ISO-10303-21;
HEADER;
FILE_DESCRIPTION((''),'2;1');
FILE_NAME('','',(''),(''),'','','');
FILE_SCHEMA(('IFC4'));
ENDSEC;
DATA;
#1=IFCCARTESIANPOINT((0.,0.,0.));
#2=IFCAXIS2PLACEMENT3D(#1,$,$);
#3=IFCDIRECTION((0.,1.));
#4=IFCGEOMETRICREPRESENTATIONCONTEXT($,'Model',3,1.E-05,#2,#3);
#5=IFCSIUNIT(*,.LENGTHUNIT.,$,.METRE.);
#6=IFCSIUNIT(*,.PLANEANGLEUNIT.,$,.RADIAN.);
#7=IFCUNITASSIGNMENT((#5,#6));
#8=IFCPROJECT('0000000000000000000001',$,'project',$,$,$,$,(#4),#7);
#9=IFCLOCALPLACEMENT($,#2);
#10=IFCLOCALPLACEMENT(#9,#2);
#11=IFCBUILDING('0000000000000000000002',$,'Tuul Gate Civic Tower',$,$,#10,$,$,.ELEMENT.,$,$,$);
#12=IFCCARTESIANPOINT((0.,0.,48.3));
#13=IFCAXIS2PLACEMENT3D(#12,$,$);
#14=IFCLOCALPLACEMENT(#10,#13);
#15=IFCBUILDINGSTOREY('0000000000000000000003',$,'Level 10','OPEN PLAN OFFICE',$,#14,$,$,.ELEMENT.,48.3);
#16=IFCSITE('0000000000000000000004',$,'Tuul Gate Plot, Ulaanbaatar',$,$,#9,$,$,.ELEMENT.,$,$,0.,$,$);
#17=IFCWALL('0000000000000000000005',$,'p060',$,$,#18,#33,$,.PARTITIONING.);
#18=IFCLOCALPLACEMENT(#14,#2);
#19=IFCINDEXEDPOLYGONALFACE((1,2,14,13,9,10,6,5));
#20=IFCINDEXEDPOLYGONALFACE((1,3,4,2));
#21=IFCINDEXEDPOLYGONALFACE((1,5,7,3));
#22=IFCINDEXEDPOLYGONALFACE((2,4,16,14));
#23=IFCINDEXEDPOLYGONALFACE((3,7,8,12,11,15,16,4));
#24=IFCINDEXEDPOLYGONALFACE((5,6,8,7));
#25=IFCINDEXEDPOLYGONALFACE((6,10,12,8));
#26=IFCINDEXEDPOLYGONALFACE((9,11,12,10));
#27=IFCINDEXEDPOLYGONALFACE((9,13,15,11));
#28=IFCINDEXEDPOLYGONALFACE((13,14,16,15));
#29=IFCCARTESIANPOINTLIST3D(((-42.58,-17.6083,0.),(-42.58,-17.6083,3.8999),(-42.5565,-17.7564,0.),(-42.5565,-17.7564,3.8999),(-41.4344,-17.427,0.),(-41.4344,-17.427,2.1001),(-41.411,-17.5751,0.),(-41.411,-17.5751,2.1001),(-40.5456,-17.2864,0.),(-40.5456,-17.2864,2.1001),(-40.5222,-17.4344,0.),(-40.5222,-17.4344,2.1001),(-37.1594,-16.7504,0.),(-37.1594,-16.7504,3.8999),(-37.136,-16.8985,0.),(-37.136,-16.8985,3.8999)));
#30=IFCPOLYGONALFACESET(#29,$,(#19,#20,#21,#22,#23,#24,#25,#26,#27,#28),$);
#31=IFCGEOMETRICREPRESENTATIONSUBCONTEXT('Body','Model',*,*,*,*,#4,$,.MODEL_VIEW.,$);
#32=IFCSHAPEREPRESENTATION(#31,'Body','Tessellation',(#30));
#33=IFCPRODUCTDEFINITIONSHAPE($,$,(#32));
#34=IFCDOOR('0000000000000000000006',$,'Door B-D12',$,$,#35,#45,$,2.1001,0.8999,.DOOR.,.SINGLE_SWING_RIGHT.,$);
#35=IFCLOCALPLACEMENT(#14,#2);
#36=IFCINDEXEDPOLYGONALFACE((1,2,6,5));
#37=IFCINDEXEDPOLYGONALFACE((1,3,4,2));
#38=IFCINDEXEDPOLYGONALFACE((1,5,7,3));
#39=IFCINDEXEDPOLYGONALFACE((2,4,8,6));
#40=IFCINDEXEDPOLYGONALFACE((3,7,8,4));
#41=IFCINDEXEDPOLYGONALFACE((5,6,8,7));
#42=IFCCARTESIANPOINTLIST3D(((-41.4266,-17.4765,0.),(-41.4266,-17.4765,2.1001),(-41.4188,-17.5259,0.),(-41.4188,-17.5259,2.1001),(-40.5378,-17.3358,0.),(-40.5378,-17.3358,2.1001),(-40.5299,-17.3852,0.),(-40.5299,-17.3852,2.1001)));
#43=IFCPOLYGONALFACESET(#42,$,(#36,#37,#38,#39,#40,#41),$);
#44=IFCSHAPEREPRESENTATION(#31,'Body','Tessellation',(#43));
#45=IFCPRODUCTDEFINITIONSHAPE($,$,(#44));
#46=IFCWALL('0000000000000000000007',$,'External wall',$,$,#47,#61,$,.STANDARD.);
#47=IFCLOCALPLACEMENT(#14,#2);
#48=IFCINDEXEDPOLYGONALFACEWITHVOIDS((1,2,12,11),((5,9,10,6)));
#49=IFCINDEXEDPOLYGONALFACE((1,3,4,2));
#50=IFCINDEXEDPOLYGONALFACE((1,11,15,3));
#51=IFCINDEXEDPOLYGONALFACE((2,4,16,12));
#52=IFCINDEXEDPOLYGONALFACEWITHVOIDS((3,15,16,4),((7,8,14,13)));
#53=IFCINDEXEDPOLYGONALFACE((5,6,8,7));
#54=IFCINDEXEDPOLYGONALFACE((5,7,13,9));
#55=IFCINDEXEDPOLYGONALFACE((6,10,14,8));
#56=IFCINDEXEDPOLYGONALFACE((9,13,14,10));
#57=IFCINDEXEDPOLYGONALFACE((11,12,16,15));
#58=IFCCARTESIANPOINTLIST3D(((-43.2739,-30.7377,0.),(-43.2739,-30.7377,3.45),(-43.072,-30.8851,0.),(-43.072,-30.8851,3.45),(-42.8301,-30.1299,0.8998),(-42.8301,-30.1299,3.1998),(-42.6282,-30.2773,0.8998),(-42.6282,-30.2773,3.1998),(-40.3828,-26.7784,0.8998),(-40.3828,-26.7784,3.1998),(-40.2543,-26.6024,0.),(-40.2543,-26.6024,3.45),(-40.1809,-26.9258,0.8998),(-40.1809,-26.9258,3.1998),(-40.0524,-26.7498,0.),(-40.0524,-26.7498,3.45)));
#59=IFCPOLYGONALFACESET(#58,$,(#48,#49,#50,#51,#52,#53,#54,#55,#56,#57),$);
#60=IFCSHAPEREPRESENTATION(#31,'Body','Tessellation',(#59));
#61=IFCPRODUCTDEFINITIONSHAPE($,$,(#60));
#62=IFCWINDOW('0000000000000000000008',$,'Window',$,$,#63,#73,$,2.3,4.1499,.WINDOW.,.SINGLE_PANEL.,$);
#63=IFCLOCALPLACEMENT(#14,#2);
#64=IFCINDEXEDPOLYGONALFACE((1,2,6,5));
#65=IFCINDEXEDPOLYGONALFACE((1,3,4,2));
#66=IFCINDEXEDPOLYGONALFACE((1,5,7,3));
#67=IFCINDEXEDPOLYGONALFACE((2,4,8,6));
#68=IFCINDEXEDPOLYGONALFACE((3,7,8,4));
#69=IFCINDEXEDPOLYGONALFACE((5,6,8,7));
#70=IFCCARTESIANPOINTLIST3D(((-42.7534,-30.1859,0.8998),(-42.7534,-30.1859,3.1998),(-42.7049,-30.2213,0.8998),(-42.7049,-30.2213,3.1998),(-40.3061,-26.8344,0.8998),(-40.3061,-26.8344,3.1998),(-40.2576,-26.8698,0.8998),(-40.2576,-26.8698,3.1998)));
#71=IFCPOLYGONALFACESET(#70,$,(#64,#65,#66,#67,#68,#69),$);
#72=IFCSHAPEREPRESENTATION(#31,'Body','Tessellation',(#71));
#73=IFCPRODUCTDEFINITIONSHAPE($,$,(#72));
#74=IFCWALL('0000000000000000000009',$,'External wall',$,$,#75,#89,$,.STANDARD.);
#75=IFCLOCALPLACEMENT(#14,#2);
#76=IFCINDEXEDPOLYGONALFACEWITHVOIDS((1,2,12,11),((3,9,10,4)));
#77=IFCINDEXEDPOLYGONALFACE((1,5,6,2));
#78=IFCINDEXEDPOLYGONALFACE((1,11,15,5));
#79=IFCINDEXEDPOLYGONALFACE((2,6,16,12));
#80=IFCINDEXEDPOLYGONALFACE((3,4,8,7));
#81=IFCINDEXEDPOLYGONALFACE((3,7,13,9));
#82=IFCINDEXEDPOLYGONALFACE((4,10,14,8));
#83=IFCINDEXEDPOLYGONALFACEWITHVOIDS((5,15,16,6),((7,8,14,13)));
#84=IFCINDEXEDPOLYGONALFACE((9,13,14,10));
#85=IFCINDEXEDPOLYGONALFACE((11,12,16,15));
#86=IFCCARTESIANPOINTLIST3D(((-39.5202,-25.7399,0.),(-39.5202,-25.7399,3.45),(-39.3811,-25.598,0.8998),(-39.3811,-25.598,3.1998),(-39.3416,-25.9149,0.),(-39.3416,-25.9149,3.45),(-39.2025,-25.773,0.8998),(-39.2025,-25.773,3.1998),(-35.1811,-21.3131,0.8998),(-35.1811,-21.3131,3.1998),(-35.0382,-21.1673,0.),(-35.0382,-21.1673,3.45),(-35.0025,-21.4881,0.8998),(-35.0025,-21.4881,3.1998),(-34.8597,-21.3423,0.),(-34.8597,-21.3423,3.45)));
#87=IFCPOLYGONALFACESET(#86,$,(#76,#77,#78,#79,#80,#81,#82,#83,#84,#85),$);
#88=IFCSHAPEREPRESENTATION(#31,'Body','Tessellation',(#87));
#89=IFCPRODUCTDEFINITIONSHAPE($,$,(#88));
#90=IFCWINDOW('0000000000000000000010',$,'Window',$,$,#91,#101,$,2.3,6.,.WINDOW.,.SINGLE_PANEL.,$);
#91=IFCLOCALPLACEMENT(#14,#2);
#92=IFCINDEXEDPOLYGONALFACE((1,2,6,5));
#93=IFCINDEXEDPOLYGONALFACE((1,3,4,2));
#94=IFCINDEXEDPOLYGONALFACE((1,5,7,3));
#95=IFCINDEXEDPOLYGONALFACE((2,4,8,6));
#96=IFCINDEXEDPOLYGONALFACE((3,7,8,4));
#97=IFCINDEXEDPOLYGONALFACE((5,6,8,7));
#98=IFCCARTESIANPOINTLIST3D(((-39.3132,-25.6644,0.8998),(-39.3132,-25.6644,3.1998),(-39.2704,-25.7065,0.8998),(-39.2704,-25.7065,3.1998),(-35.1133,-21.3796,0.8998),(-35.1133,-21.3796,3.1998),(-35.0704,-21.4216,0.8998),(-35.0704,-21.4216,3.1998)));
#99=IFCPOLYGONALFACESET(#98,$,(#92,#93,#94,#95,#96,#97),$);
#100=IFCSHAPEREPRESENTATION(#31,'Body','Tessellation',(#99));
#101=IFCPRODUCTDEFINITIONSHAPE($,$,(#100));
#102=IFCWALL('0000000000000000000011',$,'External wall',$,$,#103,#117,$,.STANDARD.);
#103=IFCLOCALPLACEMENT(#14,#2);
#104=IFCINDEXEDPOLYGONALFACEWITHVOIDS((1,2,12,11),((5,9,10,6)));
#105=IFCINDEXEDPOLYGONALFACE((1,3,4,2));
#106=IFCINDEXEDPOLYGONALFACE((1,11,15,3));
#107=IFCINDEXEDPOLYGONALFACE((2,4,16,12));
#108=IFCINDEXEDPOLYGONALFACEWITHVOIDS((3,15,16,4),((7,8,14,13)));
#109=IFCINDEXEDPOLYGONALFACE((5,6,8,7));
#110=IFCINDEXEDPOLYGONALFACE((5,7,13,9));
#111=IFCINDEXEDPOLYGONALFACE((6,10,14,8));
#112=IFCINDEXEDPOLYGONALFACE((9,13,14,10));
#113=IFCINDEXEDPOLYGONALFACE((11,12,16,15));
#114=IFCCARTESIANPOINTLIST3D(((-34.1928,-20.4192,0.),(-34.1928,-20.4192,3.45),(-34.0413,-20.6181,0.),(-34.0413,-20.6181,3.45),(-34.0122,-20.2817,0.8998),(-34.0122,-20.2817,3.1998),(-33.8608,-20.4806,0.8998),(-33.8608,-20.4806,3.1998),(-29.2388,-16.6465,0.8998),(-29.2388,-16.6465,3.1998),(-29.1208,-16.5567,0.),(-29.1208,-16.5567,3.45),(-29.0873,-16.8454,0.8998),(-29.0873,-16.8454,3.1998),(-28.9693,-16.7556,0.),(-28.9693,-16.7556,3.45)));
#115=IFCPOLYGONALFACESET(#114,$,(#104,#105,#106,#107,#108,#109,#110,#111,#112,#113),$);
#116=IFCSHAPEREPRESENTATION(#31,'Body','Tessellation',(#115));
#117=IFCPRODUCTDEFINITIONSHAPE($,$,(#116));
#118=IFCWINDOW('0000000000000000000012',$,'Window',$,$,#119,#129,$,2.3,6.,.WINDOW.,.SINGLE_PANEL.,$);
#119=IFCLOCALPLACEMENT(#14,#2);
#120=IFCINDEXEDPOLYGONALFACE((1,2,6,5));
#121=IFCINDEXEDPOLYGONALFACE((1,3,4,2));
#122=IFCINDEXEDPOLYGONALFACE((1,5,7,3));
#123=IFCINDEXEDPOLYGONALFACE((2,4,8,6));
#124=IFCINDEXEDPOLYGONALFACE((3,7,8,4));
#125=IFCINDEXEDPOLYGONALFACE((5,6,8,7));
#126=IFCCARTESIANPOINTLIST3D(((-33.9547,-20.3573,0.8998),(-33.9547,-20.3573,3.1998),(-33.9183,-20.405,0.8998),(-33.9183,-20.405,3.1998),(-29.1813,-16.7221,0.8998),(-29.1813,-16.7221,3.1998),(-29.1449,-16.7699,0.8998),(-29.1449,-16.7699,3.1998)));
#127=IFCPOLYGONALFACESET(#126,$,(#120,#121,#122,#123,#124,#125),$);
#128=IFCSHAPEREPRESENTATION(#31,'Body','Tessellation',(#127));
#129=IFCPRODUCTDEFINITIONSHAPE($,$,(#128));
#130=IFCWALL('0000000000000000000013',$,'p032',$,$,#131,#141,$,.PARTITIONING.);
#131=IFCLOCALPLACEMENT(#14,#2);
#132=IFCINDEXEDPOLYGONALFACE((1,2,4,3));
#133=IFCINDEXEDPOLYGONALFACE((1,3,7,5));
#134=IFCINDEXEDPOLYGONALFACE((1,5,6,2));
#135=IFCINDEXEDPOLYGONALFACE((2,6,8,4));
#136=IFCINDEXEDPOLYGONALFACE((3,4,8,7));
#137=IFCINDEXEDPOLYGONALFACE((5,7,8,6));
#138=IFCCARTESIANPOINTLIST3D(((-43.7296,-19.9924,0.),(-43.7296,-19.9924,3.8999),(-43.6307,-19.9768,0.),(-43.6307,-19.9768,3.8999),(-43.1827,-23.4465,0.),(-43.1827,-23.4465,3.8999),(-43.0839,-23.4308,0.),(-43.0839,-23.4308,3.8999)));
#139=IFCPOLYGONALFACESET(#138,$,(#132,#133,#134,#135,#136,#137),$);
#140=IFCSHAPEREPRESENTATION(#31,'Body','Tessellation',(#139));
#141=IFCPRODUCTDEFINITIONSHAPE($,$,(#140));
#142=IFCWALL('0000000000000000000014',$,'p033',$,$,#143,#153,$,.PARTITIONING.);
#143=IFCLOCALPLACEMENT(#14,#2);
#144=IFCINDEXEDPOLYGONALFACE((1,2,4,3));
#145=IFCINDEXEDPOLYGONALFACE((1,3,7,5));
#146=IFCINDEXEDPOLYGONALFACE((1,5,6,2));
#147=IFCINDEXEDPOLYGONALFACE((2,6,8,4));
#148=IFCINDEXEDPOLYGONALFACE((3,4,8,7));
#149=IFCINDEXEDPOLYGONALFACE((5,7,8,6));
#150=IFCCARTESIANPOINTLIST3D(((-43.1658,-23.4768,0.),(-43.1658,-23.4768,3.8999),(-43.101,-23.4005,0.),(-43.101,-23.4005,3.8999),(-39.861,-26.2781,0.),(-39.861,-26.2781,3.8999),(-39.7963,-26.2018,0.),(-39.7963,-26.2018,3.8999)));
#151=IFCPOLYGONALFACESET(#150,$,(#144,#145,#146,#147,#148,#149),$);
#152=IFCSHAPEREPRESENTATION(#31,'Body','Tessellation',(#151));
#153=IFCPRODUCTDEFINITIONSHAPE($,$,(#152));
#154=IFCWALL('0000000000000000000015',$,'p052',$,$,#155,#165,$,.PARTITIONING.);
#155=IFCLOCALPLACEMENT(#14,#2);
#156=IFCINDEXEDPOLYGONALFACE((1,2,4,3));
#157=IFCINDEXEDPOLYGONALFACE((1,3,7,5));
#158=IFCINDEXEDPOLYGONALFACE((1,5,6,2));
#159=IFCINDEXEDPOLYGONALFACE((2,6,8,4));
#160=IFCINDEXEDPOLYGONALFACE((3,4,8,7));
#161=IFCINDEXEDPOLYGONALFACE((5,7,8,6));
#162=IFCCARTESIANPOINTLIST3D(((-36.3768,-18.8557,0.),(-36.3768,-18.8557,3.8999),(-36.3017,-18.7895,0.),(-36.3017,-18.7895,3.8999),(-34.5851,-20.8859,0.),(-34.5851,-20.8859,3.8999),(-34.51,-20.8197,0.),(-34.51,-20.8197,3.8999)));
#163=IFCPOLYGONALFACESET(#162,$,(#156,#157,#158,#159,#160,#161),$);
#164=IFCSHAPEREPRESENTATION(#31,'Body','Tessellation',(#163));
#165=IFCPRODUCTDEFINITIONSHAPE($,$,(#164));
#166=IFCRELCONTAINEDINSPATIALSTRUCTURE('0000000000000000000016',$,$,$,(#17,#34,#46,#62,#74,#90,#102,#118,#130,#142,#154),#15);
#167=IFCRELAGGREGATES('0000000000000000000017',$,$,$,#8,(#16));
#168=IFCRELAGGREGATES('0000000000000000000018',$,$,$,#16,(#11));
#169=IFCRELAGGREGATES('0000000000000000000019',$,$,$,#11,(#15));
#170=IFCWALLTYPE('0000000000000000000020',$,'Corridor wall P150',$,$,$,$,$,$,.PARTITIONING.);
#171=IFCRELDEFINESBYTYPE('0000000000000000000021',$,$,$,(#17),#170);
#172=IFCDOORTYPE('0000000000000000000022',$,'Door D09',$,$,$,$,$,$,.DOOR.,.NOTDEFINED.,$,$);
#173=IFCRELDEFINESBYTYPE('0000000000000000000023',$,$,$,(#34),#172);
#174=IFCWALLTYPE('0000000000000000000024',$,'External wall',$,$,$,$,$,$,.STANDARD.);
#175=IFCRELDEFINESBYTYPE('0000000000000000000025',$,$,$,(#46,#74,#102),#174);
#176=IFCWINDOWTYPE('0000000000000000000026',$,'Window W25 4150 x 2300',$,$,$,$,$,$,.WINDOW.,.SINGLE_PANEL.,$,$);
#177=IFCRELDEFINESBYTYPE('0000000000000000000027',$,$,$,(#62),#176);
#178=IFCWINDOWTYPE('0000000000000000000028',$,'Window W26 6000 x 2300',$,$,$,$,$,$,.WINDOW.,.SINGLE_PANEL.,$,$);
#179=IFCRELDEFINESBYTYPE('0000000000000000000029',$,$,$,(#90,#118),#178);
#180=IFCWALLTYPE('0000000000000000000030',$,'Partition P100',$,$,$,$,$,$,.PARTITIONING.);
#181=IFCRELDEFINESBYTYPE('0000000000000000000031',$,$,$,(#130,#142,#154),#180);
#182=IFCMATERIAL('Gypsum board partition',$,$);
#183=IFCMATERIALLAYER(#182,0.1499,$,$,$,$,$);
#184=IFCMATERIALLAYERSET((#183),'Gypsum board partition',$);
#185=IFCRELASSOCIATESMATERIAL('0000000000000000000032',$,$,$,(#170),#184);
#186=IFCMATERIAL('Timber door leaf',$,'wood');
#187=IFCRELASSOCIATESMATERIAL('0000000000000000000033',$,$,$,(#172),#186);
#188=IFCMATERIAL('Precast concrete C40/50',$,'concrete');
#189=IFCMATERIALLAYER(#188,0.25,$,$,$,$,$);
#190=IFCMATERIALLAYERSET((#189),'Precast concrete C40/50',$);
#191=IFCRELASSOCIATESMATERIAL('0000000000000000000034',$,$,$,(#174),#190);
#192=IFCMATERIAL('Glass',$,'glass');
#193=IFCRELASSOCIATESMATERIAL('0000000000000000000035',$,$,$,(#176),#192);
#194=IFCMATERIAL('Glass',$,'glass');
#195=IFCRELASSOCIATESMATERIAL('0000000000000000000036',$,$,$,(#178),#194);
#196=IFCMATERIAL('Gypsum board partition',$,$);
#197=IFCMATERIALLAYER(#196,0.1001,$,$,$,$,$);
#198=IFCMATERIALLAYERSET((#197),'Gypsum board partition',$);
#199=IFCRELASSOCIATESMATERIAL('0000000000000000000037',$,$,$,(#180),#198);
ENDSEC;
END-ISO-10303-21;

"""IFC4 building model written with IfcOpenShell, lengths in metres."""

from ifc_helpers import new_model, si_unit, direction, frame, frame_2d, origin, place, context, subcontext, project, spatial, rectangle, extrude, material, layer, layer_set, type_object, element, fill, save


model = new_model("IFC4")

# Units and contexts
model_context = context("Model", 3, precision=1e-05, world=origin(), true_north=direction((0.0, 1.0)))
body_context = subcontext(model_context, "Body", "Model", "MODEL_VIEW")
ifc_project = project(units=[si_unit("LENGTHUNIT", "METRE"), si_unit("PLANEANGLEUNIT", "RADIAN")], contexts=[model_context])

# Site, building, storey
site_placement = place(None, origin())
site = spatial("IfcSite", under=ifc_project, at=site_placement, Name="Tuul Gate Plot, Ulaanbaatar", CompositionType="ELEMENT", RefElevation=0.0)
building_placement = place(site_placement, origin())
building = spatial("IfcBuilding", under=site, at=building_placement, Name="Tuul Gate Civic Tower", CompositionType="ELEMENT")
storey_placement = place(building_placement, frame((0.0, 0.0, 48.3)))
storey = spatial("IfcBuildingStorey", under=building, at=storey_placement, Name="Level 10", Description="OPEN PLAN OFFICE", CompositionType="ELEMENT", Elevation=48.3)

# Wall, opening, door
ifc_material_1 = material(Name="Gypsum board partition")
ifc_layer_1 = layer(ifc_material_1, 0.1499)
ifc_layer_set_1 = layer_set([ifc_layer_1], Name="Gypsum board partition")
wall_type_1 = type_object("IfcWallType", Name="Corridor wall P150", PredefinedType="PARTITIONING", material=ifc_layer_set_1)
wall_1_placement = place(storey_placement, frame((-42.5684, -17.6824, 0.0), z_axis=(0.0, 0.0, 1.0), x_axis=(0.987706, 0.156321, 0.0)))
wall_1 = element("IfcWall", 1, at=wall_1_placement, inside=storey, type_object=wall_type_1, Name="p060", PredefinedType="PARTITIONING", context=body_context, shape_type="SweptSolid", body=[
    extrude(rectangle(XDim=5.488, YDim=0.1499, at=frame_2d((2.7441, 0.0))), origin(), (0.0, 0.0, 1.0), 3.8999),
])
opening_1_placement = place(wall_1_placement, frame((1.1599, 0.0, 0.0)))
opening_1 = element("IfcOpeningElement", 2, at=opening_1_placement, cuts=wall_1, PredefinedType="OPENING", context=body_context, shape_type="SweptSolid", body=[
    extrude(rectangle(XDim=0.8999, YDim=2.1001, at=frame_2d((0.45, 1.05))), frame((0.0, 0.085, 0.0), z_axis=(0.0, -1.0, 0.0), x_axis=(1.0, 0.0, 0.0)), (0.0, 0.0, 1.0), 0.1699),
])
ifc_material_2 = material(Name="Timber door leaf", Category="wood")
door_type = type_object("IfcDoorType", Name="Door D09", OperationType="NOTDEFINED", PredefinedType="DOOR", material=ifc_material_2)
door_placement = place(opening_1_placement, origin())
door = element("IfcDoor", 3, at=door_placement, inside=storey, type_object=door_type, Name="Door B-D12", OperationType="SINGLE_SWING_RIGHT", OverallHeight=2.1001, OverallWidth=0.8999, PredefinedType="DOOR", context=body_context, shape_type="SweptSolid", body=[
    extrude(rectangle(XDim=0.8999, YDim=2.1001, at=frame_2d((0.45, 1.05))), frame((0.0, 0.0249, 0.0), z_axis=(0.0, -1.0, 0.0), x_axis=(1.0, 0.0, 0.0)), (0.0, 0.0, 1.0), 0.05),
])
fill(opening_1, door)

# Walls, openings, windows
ifc_material_3 = material(Name="Precast concrete C40/50", Category="concrete")
ifc_layer_2 = layer(ifc_material_3, 0.25)
ifc_layer_set_2 = layer_set([ifc_layer_2], Name="Precast concrete C40/50")
wall_type_2 = type_object("IfcWallType", Name="External wall", PredefinedType="STANDARD", material=ifc_layer_set_2)
wall_2_placement = place(storey_placement, frame((-43.1729, -30.8113, 0.0), z_axis=(0.0, 0.0, 1.0), x_axis=(0.589713, 0.807613, 0.0)))
wall_2 = element("IfcWall", 4, at=wall_2_placement, inside=storey, type_object=wall_type_2, Name="External wall", PredefinedType="STANDARD", context=body_context, shape_type="SweptSolid", body=[
    extrude(rectangle(XDim=5.1204, YDim=0.25, at=frame_2d((2.5601, 0.0))), origin(), (0.0, 0.0, 1.0), 3.45),
])
opening_2_placement = place(wall_2_placement, frame((0.7524, 0.0, 0.8999)))
opening_2 = element("IfcOpeningElement", 5, at=opening_2_placement, cuts=wall_2, PredefinedType="OPENING", context=body_context, shape_type="SweptSolid", body=[
    extrude(rectangle(XDim=4.1499, YDim=2.3, at=frame_2d((2.075, 1.1499))), frame((0.0, 0.135, 0.0), z_axis=(0.0, -1.0, 0.0), x_axis=(1.0, 0.0, 0.0)), (0.0, 0.0, 1.0), 0.27),
])
ifc_material_4 = material(Name="Glass", Category="glass")
window_type_1 = type_object("IfcWindowType", Name="Window W25 4150 x 2300", PartitioningType="SINGLE_PANEL", PredefinedType="WINDOW", material=ifc_material_4)
window_1_placement = place(opening_2_placement, origin())
window_1 = element("IfcWindow", 6, at=window_1_placement, inside=storey, type_object=window_type_1, Name="Window", OverallHeight=2.3, OverallWidth=4.1499, PartitioningType="SINGLE_PANEL", PredefinedType="WINDOW", context=body_context, shape_type="SweptSolid", body=[
    extrude(rectangle(XDim=4.1499, YDim=2.3, at=frame_2d((2.075, 1.1499))), frame((0.0, 0.03, 0.0), z_axis=(0.0, -1.0, 0.0), x_axis=(1.0, 0.0, 0.0)), (0.0, 0.0, 1.0), 0.0601),
])
fill(opening_2, window_1)
wall_3_placement = place(storey_placement, frame((-39.4309, -25.8274, 0.0), z_axis=(0.0, 0.0, 1.0), x_axis=(0.699998, 0.714145, 0.0)))
wall_3 = element("IfcWall", 7, at=wall_3_placement, inside=storey, type_object=wall_type_2, Name="External wall", PredefinedType="STANDARD", context=body_context, shape_type="SweptSolid", body=[
    extrude(rectangle(XDim=6.4028, YDim=0.25, at=frame_2d((3.2014, 0.0))), origin(), (0.0, 0.0, 1.0), 3.45),
])
opening_3_placement = place(wall_3_placement, frame((0.1987, 0.0, 0.8999)))
opening_3 = element("IfcOpeningElement", 8, at=opening_3_placement, cuts=wall_3, PredefinedType="OPENING", context=body_context, shape_type="SweptSolid", body=[
    extrude(rectangle(XDim=6.0, YDim=2.3, at=frame_2d((3.0, 1.1499))), frame((0.0, 0.135, 0.0), z_axis=(0.0, -1.0, 0.0), x_axis=(1.0, 0.0, 0.0)), (0.0, 0.0, 1.0), 0.27),
])
ifc_material_5 = material(Name="Glass", Category="glass")
window_type_2 = type_object("IfcWindowType", Name="Window W26 6000 x 2300", PartitioningType="SINGLE_PANEL", PredefinedType="WINDOW", material=ifc_material_5)
window_2_placement = place(opening_3_placement, origin())
window_2 = element("IfcWindow", 9, at=window_2_placement, inside=storey, type_object=window_type_2, Name="Window", OverallHeight=2.3, OverallWidth=6.0, PartitioningType="SINGLE_PANEL", PredefinedType="WINDOW", context=body_context, shape_type="SweptSolid", body=[
    extrude(rectangle(XDim=6.0, YDim=2.3, at=frame_2d((3.0, 1.1499))), frame((0.0, 0.03, 0.0), z_axis=(0.0, -1.0, 0.0), x_axis=(1.0, 0.0, 0.0)), (0.0, 0.0, 1.0), 0.0601),
])
fill(opening_3, window_2)
wall_4_placement = place(storey_placement, frame((-34.1169, -20.5186, 0.0), z_axis=(0.0, 0.0, 1.0), x_axis=(0.795571, 0.60586, 0.0)))
wall_4 = element("IfcWall", 10, at=wall_4_placement, inside=storey, type_object=wall_type_2, Name="External wall", PredefinedType="STANDARD", context=body_context, shape_type="SweptSolid", body=[
    extrude(rectangle(XDim=6.3752, YDim=0.25, at=frame_2d((3.1875, 0.0))), origin(), (0.0, 0.0, 1.0), 3.45),
])
opening_4_placement = place(wall_4_placement, frame((0.2268, 0.0, 0.8999)))
opening_4 = element("IfcOpeningElement", 11, at=opening_4_placement, cuts=wall_4, PredefinedType="OPENING", context=body_context, shape_type="SweptSolid", body=[
    extrude(rectangle(XDim=6.0, YDim=2.3, at=frame_2d((3.0, 1.1499))), frame((0.0, 0.135, 0.0), z_axis=(0.0, -1.0, 0.0), x_axis=(1.0, 0.0, 0.0)), (0.0, 0.0, 1.0), 0.27),
])
window_3_placement = place(opening_4_placement, origin())
window_3 = element("IfcWindow", 12, at=window_3_placement, inside=storey, type_object=window_type_2, Name="Window", OverallHeight=2.3, OverallWidth=6.0, PartitioningType="SINGLE_PANEL", PredefinedType="WINDOW", context=body_context, shape_type="SweptSolid", body=[
    extrude(rectangle(XDim=6.0, YDim=2.3, at=frame_2d((3.0, 1.1499))), frame((0.0, 0.03, 0.0), z_axis=(0.0, -1.0, 0.0), x_axis=(1.0, 0.0, 0.0)), (0.0, 0.0, 1.0), 0.0601),
])
fill(opening_4, window_3)

# Walls
ifc_material_6 = material(Name="Gypsum board partition")
ifc_layer_3 = layer(ifc_material_6, 0.1001)
ifc_layer_set_3 = layer_set([ifc_layer_3], Name="Gypsum board partition")
wall_type_3 = type_object("IfcWallType", Name="Partition P100", PredefinedType="PARTITIONING", material=ifc_layer_set_3)
wall_5_placement = place(storey_placement, frame((-43.6802, -19.9846, 0.0), z_axis=(0.0, 0.0, 1.0), x_axis=(0.156378, -0.987697, 0.0)))
element("IfcWall", 13, at=wall_5_placement, inside=storey, type_object=wall_type_3, Name="p032", PredefinedType="PARTITIONING", context=body_context, shape_type="SweptSolid", body=[
    extrude(rectangle(XDim=3.4971, YDim=0.1001, at=frame_2d((1.7485, 0.0))), origin(), (0.0, 0.0, 1.0), 3.8999),
])
wall_6_placement = place(storey_placement, frame((-43.1333, -23.4387, 0.0), z_axis=(0.0, 0.0, 1.0), x_axis=(0.762817, -0.646614, 0.0)))
element("IfcWall", 14, at=wall_6_placement, inside=storey, type_object=wall_type_3, Name="p033", PredefinedType="PARTITIONING", context=body_context, shape_type="SweptSolid", body=[
    extrude(rectangle(XDim=4.3323, YDim=0.1001, at=frame_2d((2.166, 0.0))), origin(), (0.0, 0.0, 1.0), 3.8999),
])
wall_7_placement = place(storey_placement, frame((-36.3394, -18.8225, 0.0), z_axis=(0.0, 0.0, 1.0), x_axis=(0.66169, -0.749777, 0.0)))
element("IfcWall", 15, at=wall_7_placement, inside=storey, type_object=wall_type_3, Name="p052", PredefinedType="PARTITIONING", context=body_context, shape_type="SweptSolid", body=[
    extrude(rectangle(XDim=2.7078, YDim=0.1001, at=frame_2d((1.354, 0.0))), origin(), (0.0, 0.0, 1.0), 3.8999),
])

save(model, "model.ifc")
